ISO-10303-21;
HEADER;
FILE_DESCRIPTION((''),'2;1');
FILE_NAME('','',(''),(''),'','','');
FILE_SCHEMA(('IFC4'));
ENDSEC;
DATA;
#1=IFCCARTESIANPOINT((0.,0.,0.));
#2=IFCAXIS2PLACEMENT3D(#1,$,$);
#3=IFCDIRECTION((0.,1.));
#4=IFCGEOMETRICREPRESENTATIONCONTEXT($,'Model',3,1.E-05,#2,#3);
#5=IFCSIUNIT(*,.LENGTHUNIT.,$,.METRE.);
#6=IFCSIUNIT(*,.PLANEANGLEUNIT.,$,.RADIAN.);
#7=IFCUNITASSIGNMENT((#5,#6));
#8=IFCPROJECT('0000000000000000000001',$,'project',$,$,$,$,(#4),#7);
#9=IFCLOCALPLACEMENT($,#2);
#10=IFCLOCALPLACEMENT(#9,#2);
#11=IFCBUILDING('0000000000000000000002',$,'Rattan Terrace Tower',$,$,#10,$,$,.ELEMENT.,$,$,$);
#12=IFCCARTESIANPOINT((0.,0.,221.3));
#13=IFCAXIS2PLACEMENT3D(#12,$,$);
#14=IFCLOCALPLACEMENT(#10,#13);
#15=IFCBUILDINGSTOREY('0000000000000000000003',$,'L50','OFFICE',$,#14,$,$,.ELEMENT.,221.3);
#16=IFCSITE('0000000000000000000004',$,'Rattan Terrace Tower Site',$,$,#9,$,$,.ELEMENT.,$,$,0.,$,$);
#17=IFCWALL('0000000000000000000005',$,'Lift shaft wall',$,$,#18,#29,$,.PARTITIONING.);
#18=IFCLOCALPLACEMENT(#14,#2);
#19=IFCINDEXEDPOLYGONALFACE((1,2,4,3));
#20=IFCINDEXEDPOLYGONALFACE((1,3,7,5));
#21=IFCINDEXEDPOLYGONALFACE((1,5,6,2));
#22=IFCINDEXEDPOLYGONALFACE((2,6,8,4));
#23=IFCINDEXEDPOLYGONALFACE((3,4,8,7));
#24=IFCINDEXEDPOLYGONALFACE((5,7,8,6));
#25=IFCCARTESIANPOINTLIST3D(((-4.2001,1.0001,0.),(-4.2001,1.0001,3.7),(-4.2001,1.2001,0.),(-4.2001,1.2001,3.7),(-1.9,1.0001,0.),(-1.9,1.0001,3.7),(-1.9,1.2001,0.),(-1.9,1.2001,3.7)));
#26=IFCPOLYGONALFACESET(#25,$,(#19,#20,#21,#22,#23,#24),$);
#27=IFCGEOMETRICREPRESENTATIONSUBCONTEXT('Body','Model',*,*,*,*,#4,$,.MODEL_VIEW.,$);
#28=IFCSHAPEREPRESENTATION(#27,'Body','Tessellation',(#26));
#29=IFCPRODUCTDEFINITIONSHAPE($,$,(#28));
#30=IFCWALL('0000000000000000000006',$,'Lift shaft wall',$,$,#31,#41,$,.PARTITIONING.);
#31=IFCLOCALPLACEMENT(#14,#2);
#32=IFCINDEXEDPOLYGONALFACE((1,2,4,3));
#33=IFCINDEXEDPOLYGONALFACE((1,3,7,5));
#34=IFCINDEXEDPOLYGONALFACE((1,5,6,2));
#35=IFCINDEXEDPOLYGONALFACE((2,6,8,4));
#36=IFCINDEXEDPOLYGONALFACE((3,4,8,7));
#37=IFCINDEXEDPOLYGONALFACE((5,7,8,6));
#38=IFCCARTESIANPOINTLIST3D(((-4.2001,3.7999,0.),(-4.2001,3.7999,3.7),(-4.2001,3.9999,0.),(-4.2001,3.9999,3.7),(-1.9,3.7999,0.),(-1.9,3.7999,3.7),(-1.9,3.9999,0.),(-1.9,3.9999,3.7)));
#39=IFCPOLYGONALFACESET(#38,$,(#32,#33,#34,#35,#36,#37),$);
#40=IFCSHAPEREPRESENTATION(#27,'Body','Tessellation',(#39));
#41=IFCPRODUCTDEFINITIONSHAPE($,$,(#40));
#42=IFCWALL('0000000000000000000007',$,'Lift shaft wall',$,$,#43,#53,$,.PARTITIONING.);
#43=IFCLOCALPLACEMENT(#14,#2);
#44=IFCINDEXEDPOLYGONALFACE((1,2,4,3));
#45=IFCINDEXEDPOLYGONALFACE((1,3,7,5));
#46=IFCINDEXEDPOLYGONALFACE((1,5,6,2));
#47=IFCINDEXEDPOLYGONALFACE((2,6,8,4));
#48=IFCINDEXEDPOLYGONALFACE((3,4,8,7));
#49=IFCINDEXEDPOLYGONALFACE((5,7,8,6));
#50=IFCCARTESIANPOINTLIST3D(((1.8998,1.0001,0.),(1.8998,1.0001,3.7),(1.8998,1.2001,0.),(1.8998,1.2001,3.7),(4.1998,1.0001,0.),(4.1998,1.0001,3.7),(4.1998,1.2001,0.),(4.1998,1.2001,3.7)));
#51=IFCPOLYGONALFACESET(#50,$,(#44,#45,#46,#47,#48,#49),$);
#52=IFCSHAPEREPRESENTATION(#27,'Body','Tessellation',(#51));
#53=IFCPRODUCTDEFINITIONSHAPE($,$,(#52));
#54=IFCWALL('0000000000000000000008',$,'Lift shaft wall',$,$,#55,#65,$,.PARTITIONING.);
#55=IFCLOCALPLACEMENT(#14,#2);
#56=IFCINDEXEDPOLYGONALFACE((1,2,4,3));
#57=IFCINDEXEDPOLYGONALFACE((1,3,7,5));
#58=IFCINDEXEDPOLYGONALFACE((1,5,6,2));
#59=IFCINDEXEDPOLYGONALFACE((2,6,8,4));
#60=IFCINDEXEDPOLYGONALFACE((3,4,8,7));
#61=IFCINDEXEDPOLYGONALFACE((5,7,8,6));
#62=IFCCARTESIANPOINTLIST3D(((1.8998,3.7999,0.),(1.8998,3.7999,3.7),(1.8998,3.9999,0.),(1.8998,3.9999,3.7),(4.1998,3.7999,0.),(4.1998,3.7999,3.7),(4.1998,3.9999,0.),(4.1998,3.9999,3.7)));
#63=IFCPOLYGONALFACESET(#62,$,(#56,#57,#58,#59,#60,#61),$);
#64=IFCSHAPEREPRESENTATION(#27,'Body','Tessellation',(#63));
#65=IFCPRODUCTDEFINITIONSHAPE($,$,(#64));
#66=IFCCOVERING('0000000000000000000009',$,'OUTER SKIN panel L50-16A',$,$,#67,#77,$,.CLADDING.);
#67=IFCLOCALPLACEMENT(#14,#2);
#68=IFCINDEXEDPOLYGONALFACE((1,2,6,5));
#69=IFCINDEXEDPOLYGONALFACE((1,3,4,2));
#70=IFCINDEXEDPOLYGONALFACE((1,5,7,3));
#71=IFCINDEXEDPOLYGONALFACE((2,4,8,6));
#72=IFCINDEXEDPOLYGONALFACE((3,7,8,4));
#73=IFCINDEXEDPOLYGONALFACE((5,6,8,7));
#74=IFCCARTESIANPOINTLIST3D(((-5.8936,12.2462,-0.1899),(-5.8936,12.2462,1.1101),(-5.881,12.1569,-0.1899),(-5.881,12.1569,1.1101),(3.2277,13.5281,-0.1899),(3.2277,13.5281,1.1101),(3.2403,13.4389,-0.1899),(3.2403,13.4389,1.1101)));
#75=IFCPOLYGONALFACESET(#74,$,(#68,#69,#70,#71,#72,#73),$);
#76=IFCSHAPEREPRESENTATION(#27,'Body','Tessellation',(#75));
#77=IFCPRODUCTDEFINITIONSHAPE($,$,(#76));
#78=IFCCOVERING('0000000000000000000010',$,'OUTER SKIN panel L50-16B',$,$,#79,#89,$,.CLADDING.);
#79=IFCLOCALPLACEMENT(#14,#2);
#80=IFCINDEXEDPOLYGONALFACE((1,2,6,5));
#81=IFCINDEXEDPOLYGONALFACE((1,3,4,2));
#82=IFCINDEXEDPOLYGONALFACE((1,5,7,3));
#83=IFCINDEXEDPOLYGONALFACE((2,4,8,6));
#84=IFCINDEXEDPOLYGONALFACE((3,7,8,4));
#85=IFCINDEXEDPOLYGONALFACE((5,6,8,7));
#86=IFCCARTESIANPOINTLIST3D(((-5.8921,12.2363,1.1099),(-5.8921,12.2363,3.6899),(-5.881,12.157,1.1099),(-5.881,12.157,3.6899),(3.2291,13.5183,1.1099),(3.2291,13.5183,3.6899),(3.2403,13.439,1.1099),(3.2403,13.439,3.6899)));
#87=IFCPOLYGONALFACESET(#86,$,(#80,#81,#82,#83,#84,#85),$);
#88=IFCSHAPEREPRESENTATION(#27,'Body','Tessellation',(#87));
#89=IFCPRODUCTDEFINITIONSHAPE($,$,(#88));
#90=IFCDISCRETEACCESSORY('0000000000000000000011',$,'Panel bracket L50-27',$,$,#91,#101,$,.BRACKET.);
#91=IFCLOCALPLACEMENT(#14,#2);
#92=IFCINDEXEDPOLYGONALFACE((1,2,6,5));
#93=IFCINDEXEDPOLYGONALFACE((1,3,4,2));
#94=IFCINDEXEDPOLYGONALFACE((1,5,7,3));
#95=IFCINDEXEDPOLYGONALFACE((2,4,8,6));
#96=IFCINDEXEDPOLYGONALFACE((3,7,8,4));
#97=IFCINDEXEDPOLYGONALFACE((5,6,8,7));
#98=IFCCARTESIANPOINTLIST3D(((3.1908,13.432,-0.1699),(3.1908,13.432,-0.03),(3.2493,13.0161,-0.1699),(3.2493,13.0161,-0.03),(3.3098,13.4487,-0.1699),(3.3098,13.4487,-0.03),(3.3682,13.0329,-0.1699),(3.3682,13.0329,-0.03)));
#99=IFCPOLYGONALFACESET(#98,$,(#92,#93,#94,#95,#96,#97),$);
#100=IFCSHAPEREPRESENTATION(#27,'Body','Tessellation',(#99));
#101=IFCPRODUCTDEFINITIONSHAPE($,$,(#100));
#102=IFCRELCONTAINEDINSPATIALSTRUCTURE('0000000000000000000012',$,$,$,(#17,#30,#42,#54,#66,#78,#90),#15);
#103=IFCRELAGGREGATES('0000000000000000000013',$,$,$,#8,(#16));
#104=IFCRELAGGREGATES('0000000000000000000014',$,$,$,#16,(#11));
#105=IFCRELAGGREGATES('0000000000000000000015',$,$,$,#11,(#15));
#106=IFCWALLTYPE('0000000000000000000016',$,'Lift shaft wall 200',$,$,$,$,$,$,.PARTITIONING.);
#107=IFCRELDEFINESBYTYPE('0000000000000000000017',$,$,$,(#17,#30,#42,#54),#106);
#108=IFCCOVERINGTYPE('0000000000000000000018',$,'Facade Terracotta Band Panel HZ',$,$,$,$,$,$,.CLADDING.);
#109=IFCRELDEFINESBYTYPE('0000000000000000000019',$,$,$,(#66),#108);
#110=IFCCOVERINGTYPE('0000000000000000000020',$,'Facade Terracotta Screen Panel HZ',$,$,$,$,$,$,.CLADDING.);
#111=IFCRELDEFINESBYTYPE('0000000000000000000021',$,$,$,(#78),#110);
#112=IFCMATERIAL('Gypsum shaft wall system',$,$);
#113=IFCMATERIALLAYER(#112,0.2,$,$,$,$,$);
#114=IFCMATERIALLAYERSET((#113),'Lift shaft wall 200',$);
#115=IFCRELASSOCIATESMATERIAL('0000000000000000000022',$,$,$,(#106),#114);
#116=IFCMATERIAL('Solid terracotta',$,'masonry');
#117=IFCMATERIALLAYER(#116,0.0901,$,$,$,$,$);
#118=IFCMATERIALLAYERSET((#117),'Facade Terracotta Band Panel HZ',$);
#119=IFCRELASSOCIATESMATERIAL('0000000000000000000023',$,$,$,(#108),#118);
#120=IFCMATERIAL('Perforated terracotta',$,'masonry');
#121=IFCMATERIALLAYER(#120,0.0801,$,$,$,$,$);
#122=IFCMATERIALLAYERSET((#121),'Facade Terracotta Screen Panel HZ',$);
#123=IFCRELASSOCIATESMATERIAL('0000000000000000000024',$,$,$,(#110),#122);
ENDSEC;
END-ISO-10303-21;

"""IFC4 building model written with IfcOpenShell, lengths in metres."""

from ifc_helpers import new_model, si_unit, direction, frame, frame_2d, origin, origin_2d, place, context, subcontext, project, spatial, rectangle, extrude, material, layer, layer_set, type_object, element, save


model = new_model("IFC4")

# Units and contexts
model_context = context("Model", 3, precision=1e-05, world=origin(), true_north=direction((0.0, 1.0)))
body_context = subcontext(model_context, "Body", "Model", "MODEL_VIEW")
ifc_project = project(units=[si_unit("LENGTHUNIT", "METRE"), si_unit("PLANEANGLEUNIT", "RADIAN")], contexts=[model_context])

# Site, building, storey
site_placement = place(None, origin())
site = spatial("IfcSite", under=ifc_project, at=site_placement, Name="Rattan Terrace Tower Site", CompositionType="ELEMENT", RefElevation=0.0)
building_placement = place(site_placement, origin())
building = spatial("IfcBuilding", under=site, at=building_placement, Name="Rattan Terrace Tower", CompositionType="ELEMENT")
storey_placement = place(building_placement, frame((0.0, 0.0, 221.3)))
storey = spatial("IfcBuildingStorey", under=building, at=storey_placement, Name="L50", Description="OFFICE", CompositionType="ELEMENT", Elevation=221.3)

# Walls
ifc_material_1 = material(Name="Gypsum shaft wall system")
ifc_layer_1 = layer(ifc_material_1, 0.2)
ifc_layer_set_1 = layer_set([ifc_layer_1], Name="Lift shaft wall 200")
wall_type = type_object("IfcWallType", Name="Lift shaft wall 200", PredefinedType="PARTITIONING", material=ifc_layer_set_1)
for number, where, z_axis, x_axis, name in (
    (1, (-4.2, 1.1001, 0.0), (0.0, 0.0, 1.0), (1.0, 0.0, 0.0), "Lift shaft wall"),
    (2, (-4.2, 3.8999, 0.0), (0.0, 0.0, 1.0), (1.0, 0.0, 0.0), "Lift shaft wall"),
    (3, (1.8999, 1.1001, 0.0), (0.0, 0.0, 1.0), (1.0, 0.0, 0.0), "Lift shaft wall"),
    (4, (1.8999, 3.8999, 0.0), (0.0, 0.0, 1.0), (1.0, 0.0, 0.0), "Lift shaft wall"),
):
    element("IfcWall", number, at=place(storey_placement, frame(where, z_axis=z_axis, x_axis=x_axis)), inside=storey, type_object=wall_type, Name=name, PredefinedType="PARTITIONING", context=body_context, shape_type="SweptSolid", body=[
        extrude(rectangle(XDim=2.3, YDim=0.2, at=frame_2d((1.1499, 0.0))), origin(), (0.0, 0.0, 1.0), 3.7),
    ])

# Coverings
ifc_material_2 = material(Name="Solid terracotta", Category="masonry")
ifc_layer_2 = layer(ifc_material_2, 0.0901)
ifc_layer_set_2 = layer_set([ifc_layer_2], Name="Facade Terracotta Band Panel HZ")
covering_type_1 = type_object("IfcCoveringType", Name="Facade Terracotta Band Panel HZ", PredefinedType="CLADDING", material=ifc_layer_set_2)
covering_1_placement = place(storey_placement, frame((-1.3267, 12.8425, -0.1899), z_axis=(0.0, 0.0, 1.0), x_axis=(-0.990267, -0.139177, 0.0)))
element("IfcCovering", 5, at=covering_1_placement, inside=storey, type_object=covering_type_1, Name="OUTER SKIN panel L50-16A", PredefinedType="CLADDING", context=body_context, shape_type="SweptSolid", body=[
    extrude(rectangle(XDim=9.2109, YDim=0.0901, at=origin_2d()), origin(), (0.0, 0.0, 1.0), 1.3),
])
ifc_material_3 = material(Name="Perforated terracotta", Category="masonry")
ifc_layer_3 = layer(ifc_material_3, 0.0801)
ifc_layer_set_3 = layer_set([ifc_layer_3], Name="Facade Terracotta Screen Panel HZ")
covering_type_2 = type_object("IfcCoveringType", Name="Facade Terracotta Screen Panel HZ", PredefinedType="CLADDING", material=ifc_layer_set_3)
covering_2_placement = place(storey_placement, frame((-1.3259, 12.8376, 1.1099), z_axis=(0.0, 0.0, 1.0), x_axis=(-0.990267, -0.139177, 0.0)))
element("IfcCovering", 6, at=covering_2_placement, inside=storey, type_object=covering_type_2, Name="OUTER SKIN panel L50-16B", PredefinedType="CLADDING", context=body_context, shape_type="SweptSolid", body=[
    extrude(rectangle(XDim=9.2109, YDim=0.0801, at=origin_2d()), origin(), (0.0, 0.0, 1.0), 2.5801),
])

# Discrete accessory
discrete_accessory_placement = place(storey_placement, frame((3.2795, 13.2324, -0.1699), z_axis=(0.0, 0.0, 1.0), x_axis=(-0.990267, -0.139177, 0.0)))
element("IfcDiscreteAccessory", 7, at=discrete_accessory_placement, inside=storey, Name="Panel bracket L50-27", PredefinedType="BRACKET", context=body_context, shape_type="SweptSolid", body=[
    extrude(rectangle(XDim=0.1201, YDim=0.4199, at=origin_2d()), origin(), (0.0, 0.0, 1.0), 0.1399),
])

save(model, "model.ifc")
